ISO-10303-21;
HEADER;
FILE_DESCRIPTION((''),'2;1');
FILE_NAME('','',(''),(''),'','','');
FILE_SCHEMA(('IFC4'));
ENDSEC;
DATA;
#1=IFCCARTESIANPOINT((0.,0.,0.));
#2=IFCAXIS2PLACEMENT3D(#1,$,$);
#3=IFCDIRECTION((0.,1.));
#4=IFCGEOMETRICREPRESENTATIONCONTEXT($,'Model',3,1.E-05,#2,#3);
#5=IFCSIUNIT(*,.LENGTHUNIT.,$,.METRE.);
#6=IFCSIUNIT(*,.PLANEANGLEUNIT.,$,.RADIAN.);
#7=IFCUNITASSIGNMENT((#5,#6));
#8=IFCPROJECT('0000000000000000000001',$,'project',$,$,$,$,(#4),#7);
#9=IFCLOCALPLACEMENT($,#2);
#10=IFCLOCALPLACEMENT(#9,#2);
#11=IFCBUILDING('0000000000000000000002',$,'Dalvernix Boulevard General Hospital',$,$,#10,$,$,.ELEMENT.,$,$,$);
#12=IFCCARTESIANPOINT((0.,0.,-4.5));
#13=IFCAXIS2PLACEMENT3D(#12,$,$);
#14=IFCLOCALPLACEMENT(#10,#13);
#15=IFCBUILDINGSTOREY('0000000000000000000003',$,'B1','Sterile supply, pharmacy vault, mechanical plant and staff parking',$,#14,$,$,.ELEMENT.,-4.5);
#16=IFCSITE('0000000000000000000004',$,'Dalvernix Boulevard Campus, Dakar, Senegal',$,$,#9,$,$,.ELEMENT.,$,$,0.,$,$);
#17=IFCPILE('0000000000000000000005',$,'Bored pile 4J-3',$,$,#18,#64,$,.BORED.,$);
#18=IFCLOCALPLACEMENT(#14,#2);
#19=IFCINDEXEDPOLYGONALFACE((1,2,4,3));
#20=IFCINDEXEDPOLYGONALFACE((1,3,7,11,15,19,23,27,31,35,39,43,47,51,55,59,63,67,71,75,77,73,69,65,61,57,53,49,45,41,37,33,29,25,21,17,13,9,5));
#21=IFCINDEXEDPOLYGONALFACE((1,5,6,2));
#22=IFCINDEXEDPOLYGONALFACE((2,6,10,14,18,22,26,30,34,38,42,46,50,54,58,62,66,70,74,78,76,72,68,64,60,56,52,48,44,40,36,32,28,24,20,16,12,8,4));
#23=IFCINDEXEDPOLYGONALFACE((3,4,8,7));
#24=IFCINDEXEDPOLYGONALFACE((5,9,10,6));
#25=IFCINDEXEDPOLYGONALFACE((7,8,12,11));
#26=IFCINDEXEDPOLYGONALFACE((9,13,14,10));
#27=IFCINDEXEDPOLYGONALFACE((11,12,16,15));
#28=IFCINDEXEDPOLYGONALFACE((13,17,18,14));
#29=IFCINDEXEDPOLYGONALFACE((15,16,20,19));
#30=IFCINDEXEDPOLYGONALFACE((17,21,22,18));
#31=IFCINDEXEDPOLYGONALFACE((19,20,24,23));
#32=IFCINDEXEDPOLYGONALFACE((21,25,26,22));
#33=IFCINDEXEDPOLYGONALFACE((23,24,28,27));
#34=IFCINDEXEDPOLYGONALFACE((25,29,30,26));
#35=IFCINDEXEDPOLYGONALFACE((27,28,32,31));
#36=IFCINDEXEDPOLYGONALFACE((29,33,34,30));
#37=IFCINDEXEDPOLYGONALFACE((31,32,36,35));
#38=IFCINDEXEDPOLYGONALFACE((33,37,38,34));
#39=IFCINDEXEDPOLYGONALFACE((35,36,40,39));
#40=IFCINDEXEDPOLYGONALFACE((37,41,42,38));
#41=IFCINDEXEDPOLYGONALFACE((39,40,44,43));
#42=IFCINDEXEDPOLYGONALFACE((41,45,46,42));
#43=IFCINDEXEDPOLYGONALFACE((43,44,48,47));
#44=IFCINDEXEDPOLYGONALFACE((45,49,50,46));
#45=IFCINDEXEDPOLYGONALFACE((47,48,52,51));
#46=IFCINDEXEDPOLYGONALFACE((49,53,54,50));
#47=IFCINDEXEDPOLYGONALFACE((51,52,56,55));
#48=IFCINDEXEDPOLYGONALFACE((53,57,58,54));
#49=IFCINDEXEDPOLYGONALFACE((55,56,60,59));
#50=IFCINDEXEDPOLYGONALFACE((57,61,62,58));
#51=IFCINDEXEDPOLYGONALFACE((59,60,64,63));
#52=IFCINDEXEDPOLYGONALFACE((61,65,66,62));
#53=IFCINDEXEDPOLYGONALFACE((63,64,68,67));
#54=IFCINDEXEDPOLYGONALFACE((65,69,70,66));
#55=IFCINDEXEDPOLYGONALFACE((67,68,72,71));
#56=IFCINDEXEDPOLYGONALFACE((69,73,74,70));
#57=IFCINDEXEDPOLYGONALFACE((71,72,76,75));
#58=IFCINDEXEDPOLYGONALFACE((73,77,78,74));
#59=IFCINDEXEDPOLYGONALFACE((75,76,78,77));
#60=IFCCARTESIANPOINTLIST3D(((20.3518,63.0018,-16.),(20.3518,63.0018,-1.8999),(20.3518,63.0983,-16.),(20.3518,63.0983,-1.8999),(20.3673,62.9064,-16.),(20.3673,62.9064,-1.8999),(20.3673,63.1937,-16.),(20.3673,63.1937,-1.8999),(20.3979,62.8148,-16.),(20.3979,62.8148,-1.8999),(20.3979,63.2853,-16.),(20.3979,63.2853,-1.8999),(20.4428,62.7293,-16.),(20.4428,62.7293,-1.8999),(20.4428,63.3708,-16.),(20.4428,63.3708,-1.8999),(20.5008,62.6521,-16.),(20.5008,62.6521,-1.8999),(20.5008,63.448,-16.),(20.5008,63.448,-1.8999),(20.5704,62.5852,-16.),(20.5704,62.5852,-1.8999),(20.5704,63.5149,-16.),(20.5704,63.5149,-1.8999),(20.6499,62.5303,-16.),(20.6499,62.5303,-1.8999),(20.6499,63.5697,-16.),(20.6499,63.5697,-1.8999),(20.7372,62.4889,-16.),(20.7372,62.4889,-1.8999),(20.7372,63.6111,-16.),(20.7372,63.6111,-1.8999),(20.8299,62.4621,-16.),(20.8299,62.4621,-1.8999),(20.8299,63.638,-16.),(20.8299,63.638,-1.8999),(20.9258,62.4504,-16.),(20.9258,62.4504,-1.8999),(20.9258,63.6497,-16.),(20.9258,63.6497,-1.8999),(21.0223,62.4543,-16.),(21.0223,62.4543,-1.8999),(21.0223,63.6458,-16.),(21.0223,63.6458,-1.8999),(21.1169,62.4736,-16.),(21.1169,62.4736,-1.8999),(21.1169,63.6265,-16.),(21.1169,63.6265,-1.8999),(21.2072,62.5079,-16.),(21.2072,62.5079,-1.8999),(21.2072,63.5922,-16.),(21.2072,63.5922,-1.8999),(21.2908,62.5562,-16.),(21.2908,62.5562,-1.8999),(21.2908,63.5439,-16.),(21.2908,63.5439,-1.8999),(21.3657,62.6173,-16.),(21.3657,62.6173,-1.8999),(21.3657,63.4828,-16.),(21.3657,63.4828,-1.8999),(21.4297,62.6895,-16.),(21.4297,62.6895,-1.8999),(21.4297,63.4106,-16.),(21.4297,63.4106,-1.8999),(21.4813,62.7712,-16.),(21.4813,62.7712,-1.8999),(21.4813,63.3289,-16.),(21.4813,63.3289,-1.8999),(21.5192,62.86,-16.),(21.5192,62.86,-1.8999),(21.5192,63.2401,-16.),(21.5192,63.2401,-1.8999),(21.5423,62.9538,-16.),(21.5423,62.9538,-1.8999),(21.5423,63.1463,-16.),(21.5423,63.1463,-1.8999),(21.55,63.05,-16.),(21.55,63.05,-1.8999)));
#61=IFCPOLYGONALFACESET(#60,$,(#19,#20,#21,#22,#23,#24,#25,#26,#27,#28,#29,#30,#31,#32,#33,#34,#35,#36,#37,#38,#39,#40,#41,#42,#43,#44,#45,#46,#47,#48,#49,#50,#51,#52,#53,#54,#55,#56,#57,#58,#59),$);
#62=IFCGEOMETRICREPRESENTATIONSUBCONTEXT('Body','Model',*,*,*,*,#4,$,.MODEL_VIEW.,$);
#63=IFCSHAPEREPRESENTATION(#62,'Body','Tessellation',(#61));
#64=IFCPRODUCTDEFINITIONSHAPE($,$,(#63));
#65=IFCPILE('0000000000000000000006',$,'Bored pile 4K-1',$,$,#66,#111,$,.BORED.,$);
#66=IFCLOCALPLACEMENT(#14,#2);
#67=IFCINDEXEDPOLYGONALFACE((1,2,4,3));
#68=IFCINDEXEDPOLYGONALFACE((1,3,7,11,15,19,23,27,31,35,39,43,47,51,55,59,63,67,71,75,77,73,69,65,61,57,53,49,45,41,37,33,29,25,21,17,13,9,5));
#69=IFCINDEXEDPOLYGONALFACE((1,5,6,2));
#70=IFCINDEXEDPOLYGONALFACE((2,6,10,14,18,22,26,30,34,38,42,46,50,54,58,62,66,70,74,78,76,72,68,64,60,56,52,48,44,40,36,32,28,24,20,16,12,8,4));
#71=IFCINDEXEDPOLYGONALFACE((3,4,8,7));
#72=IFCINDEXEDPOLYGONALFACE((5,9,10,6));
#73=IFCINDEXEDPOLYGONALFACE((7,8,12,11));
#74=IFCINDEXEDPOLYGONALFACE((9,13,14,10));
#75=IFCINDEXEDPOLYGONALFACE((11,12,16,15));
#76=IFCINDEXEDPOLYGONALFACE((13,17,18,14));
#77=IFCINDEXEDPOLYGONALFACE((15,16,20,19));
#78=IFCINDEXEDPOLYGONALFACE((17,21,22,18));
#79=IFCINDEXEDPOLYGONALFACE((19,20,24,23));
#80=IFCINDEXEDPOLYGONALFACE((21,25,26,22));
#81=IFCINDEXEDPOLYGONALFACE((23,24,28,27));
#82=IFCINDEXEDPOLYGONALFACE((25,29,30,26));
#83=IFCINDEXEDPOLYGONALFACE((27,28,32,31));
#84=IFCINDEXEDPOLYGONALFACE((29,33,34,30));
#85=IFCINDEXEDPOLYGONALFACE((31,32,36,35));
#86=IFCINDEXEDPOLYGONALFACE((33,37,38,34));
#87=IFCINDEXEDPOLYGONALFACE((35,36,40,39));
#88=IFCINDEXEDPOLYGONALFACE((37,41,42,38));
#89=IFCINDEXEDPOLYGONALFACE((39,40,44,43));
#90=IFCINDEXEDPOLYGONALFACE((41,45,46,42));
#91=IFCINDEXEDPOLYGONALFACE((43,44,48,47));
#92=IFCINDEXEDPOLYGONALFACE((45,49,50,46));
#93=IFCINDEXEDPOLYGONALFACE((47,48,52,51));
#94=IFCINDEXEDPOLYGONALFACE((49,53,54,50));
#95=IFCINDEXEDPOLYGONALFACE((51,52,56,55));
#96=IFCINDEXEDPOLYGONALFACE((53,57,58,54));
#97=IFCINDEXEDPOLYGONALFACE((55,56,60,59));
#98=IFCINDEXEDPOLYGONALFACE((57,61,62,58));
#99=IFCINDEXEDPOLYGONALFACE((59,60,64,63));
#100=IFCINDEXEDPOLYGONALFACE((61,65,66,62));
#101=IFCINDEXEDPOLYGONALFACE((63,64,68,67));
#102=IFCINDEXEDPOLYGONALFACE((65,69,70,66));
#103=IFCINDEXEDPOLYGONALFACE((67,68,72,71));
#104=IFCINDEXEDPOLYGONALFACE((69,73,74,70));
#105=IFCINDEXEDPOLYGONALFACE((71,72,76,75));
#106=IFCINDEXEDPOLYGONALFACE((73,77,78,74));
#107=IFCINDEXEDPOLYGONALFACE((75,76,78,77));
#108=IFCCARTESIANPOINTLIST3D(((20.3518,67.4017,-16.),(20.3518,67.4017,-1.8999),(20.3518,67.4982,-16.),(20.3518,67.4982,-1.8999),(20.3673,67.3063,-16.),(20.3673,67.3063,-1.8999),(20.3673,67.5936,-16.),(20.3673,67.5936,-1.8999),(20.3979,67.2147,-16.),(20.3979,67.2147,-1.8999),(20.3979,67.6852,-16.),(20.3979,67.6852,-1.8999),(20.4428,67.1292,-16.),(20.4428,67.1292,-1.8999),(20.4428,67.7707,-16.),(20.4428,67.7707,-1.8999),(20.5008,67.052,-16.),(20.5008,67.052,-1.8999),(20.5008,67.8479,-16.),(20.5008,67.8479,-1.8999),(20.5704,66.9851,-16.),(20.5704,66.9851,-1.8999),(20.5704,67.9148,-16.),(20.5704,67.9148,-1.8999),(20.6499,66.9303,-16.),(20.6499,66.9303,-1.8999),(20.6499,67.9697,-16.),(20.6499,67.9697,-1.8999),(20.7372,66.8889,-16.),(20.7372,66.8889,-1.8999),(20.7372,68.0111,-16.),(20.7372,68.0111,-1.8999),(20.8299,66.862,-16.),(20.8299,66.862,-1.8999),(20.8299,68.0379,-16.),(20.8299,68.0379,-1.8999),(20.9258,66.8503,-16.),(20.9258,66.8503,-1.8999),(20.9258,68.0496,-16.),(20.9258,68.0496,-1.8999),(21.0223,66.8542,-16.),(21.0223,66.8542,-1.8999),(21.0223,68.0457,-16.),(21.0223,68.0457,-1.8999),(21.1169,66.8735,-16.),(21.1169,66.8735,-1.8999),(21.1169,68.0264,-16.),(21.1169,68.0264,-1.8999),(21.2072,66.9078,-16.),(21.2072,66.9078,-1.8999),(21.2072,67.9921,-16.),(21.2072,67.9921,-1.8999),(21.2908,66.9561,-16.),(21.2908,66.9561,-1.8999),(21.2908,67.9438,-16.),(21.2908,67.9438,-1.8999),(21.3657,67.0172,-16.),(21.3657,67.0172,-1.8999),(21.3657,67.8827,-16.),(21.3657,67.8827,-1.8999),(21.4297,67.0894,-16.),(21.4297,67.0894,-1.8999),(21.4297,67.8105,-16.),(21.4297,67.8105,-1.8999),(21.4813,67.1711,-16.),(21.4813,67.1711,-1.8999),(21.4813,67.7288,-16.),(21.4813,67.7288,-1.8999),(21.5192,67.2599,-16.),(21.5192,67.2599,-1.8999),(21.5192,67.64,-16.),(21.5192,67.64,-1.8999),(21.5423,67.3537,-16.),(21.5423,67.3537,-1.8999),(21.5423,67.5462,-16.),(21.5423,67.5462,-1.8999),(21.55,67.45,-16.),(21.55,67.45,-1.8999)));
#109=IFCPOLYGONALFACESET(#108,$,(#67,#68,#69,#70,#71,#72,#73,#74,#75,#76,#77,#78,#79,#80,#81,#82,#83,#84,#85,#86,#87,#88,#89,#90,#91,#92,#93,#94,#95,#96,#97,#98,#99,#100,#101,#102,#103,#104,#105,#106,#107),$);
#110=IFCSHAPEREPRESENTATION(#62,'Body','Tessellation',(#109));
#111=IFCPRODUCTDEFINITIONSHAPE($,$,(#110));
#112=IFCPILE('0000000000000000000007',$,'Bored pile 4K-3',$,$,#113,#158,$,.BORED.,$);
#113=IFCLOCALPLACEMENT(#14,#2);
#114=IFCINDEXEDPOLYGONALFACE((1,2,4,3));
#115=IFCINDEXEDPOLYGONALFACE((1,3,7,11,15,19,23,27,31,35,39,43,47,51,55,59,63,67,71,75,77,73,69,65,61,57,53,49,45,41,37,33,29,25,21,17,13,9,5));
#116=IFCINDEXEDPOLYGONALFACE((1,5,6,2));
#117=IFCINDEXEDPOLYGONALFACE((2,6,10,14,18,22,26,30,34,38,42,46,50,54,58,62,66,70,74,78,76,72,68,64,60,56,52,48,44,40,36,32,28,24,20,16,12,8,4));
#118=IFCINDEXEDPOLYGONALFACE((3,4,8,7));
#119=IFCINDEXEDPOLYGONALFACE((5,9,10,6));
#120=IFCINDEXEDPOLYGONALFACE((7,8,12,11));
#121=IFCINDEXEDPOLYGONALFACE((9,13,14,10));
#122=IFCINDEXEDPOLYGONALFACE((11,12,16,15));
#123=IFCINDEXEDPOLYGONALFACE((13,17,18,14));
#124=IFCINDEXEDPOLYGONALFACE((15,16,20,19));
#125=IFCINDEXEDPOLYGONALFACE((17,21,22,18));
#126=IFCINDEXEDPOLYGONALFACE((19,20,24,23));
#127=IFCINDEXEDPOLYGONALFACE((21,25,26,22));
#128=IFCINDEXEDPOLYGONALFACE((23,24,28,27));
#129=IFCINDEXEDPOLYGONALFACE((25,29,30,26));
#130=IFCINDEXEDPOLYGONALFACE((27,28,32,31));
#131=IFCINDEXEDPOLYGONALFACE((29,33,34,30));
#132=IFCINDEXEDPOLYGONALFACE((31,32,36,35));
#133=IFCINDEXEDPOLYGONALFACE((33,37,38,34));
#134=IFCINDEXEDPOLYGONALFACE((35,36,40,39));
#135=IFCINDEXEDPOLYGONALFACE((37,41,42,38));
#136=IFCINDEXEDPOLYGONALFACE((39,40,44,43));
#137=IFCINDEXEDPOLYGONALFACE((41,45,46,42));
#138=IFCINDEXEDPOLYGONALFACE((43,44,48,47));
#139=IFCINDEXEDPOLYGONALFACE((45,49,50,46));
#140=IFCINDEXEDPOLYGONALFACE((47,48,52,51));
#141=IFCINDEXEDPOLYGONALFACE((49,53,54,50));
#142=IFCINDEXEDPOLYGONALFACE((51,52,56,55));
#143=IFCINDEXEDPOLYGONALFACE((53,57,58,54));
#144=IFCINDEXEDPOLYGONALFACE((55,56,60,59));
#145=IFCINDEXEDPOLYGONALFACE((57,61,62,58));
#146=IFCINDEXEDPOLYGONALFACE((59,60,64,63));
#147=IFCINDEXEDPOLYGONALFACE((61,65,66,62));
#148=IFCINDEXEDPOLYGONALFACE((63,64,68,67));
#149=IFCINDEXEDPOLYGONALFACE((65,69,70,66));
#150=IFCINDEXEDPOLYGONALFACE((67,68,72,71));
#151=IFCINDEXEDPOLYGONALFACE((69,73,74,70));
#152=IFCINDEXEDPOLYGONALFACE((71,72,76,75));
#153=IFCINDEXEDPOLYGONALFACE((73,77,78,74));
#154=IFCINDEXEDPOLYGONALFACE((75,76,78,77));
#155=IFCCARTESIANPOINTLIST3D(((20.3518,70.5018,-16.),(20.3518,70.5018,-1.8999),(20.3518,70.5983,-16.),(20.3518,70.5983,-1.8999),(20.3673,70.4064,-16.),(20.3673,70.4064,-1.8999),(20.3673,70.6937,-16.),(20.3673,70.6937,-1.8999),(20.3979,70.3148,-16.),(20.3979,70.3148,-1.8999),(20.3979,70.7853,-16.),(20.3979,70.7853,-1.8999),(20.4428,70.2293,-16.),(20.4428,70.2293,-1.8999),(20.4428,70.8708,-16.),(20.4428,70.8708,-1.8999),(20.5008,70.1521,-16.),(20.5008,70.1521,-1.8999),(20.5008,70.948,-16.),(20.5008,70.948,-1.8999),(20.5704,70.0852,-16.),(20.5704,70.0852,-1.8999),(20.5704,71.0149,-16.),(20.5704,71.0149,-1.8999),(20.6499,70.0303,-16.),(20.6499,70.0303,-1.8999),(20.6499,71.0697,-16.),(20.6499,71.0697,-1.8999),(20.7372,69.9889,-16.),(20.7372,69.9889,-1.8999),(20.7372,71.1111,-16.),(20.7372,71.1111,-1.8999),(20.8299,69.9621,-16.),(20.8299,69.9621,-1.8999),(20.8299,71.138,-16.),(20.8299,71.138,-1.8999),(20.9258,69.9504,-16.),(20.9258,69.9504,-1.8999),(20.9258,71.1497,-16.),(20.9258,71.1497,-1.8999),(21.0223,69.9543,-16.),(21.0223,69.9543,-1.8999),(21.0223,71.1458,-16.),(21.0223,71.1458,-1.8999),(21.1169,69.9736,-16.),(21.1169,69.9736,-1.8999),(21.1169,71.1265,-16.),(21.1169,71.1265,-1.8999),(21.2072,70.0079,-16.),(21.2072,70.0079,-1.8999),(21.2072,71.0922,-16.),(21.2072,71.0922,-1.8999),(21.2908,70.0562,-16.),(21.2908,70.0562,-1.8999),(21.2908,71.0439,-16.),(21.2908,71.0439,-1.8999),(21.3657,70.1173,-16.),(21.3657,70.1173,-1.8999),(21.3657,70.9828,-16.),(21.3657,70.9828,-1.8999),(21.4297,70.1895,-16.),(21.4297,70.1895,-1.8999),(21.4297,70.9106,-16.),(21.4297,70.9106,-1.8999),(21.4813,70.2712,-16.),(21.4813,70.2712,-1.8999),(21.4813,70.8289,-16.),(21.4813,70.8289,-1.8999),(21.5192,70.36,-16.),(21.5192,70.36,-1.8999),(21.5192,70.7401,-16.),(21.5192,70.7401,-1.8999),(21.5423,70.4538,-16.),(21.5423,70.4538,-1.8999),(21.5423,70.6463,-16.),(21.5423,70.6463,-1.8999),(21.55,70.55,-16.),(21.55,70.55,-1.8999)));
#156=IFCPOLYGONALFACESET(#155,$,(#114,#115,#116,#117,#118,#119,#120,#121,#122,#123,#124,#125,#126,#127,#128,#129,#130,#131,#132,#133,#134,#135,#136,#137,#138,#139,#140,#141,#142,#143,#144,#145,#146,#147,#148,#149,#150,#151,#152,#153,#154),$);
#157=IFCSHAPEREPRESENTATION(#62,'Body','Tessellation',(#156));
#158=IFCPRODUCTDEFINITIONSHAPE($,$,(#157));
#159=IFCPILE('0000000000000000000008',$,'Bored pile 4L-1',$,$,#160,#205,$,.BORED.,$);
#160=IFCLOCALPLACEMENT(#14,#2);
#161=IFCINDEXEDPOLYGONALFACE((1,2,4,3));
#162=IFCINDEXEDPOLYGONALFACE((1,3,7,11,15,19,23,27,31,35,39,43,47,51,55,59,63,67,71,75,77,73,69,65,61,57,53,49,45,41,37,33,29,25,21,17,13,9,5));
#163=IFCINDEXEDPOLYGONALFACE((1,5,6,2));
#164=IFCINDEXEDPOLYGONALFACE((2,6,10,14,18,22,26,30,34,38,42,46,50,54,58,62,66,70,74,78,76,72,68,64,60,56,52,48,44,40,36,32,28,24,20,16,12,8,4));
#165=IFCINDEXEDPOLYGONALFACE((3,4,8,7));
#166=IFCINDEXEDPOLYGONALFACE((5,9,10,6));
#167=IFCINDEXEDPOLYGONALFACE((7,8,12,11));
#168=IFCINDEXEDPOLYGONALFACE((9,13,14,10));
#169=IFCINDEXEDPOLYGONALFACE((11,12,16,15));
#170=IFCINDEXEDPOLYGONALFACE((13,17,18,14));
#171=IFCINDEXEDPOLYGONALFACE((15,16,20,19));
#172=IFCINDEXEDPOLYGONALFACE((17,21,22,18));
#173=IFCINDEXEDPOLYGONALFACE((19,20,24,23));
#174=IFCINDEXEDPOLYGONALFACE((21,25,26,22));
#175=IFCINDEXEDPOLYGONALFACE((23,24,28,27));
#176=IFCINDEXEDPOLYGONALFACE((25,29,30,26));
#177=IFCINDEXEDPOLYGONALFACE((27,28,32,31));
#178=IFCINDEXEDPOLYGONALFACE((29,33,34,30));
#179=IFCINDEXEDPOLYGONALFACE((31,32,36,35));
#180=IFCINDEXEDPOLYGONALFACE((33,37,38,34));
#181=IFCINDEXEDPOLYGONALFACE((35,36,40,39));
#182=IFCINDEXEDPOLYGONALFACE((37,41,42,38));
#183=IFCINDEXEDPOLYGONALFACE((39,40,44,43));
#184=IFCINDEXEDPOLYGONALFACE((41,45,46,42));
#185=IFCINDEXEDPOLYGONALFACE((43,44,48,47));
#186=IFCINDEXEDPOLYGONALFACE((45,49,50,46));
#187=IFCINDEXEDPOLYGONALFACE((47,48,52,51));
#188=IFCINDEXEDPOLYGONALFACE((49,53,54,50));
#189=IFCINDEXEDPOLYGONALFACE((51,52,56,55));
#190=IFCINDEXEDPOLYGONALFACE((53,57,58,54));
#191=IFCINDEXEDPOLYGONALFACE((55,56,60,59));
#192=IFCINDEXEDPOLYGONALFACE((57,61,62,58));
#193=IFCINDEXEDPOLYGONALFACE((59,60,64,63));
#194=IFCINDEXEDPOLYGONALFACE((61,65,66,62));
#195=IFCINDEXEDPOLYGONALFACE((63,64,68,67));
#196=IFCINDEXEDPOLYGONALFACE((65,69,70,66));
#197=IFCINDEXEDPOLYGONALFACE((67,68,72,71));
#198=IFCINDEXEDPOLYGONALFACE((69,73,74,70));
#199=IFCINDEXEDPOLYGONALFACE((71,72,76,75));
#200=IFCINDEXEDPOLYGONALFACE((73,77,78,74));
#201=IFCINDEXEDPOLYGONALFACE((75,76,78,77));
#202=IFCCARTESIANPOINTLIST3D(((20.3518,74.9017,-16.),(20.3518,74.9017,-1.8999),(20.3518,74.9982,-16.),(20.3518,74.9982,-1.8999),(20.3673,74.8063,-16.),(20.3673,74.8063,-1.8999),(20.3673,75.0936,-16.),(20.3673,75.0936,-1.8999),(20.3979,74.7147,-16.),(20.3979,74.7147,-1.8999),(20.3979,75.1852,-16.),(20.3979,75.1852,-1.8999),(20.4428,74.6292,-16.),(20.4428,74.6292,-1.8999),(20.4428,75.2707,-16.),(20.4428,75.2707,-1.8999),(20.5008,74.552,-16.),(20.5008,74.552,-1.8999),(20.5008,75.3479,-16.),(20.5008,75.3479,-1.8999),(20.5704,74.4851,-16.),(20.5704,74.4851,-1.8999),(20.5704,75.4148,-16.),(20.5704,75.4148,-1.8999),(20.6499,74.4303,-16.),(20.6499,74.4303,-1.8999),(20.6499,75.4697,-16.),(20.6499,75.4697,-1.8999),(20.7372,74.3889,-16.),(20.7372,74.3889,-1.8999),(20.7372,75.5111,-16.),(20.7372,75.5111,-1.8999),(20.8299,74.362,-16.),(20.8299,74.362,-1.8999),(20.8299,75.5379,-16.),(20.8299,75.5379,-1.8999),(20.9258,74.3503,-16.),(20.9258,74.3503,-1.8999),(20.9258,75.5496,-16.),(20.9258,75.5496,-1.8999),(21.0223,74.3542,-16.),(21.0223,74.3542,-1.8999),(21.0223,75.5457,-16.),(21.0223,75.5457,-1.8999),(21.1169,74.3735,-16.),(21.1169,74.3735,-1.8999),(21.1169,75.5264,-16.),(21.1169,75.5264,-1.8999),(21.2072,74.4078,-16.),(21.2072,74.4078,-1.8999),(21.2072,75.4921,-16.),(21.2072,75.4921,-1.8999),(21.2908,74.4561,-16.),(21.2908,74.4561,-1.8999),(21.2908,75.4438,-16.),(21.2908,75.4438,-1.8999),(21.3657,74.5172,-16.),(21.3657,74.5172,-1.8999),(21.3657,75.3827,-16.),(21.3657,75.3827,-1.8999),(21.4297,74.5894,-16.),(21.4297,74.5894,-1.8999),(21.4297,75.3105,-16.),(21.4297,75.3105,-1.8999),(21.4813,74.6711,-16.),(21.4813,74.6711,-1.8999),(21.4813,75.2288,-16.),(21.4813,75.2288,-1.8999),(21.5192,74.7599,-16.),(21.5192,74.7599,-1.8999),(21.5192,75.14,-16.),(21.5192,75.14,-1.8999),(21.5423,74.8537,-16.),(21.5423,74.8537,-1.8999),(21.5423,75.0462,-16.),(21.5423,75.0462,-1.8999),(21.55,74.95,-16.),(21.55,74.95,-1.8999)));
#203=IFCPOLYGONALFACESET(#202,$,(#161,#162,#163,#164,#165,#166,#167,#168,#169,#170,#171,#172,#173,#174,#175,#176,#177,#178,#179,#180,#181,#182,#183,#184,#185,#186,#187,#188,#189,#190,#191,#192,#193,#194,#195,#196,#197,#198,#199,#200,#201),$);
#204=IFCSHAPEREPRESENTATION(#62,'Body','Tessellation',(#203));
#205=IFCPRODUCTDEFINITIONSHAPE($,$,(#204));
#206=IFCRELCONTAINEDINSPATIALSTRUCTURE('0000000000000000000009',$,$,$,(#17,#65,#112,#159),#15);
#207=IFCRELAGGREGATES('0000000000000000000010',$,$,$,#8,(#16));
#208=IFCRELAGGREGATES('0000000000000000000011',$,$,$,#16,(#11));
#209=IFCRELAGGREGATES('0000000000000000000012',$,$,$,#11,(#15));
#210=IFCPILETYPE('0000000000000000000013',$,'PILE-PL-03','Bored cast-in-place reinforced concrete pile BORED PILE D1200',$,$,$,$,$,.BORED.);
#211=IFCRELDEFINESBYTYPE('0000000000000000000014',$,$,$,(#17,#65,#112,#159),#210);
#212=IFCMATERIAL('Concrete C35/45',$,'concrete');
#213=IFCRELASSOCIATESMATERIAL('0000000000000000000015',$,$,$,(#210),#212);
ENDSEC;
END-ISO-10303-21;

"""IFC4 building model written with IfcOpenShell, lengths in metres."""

from ifc_helpers import new_model, si_unit, direction, frame, origin, origin_2d, place, context, subcontext, project, spatial, circle, extrude, material, material_profile, profile_set, type_object, element, save


model = new_model("IFC4")

# Units and contexts
model_context = context("Model", 3, precision=1e-05, world=origin(), true_north=direction((0.0, 1.0)))
body_context = subcontext(model_context, "Body", "Model", "MODEL_VIEW")
ifc_project = project(units=[si_unit("LENGTHUNIT", "METRE"), si_unit("PLANEANGLEUNIT", "RADIAN")], contexts=[model_context])

# Site, building, storey
site_placement = place(None, origin())
site = spatial("IfcSite", under=ifc_project, at=site_placement, Name="Dalvernix Boulevard Campus, Dakar, Senegal", CompositionType="ELEMENT", RefElevation=0.0)
building_placement = place(site_placement, origin())
building = spatial("IfcBuilding", under=site, at=building_placement, Name="Dalvernix Boulevard General Hospital", CompositionType="ELEMENT")
storey_placement = place(building_placement, frame((0.0, 0.0, -4.5)))
storey = spatial("IfcBuildingStorey", under=building, at=storey_placement, Name="B1", Description="Sterile supply, pharmacy vault, mechanical plant and staff parking", CompositionType="ELEMENT", Elevation=-4.5)

# Shared definitions
ifc_material_1 = material(Name="Concrete C35/45", Category="concrete")

# Piles
ifc_material_profile_1 = material_profile(ifc_material_1, circle(Radius=0.6001, at=origin_2d()), Name="BORED PILE D1200")
ifc_profile_set_1 = profile_set([ifc_material_profile_1], Name="Concrete C35/45")
pile_type = type_object("IfcPileType", Name="PILE-PL-03", Description="Bored cast-in-place reinforced concrete pile BORED PILE D1200", PredefinedType="BORED", material=ifc_profile_set_1)
for number, where, z_axis, x_axis, name in (
    (1, (20.95, 63.05, -1.8999), (0.0, 0.0, -1.0), (1.0, 0.0, 0.0), "Bored pile 4J-3"),
    (2, (20.95, 67.45, -1.8999), (0.0, 0.0, -1.0), (1.0, 0.0, 0.0), "Bored pile 4K-1"),
    (3, (20.95, 70.55, -1.8999), (0.0, 0.0, -1.0), (1.0, 0.0, 0.0), "Bored pile 4K-3"),
    (4, (20.95, 74.95, -1.8999), (0.0, 0.0, -1.0), (1.0, 0.0, 0.0), "Bored pile 4L-1"),
):
    element("IfcPile", number, at=place(storey_placement, frame(where, z_axis=z_axis, x_axis=x_axis)), inside=storey, type_object=pile_type, Name=name, PredefinedType="BORED", context=body_context, shape_type="SweptSolid", body=[
        extrude(circle(Radius=0.6001, at=origin_2d()), origin(), (0.0, 0.0, 1.0), 14.1001),
    ])

save(model, "model.ifc")
